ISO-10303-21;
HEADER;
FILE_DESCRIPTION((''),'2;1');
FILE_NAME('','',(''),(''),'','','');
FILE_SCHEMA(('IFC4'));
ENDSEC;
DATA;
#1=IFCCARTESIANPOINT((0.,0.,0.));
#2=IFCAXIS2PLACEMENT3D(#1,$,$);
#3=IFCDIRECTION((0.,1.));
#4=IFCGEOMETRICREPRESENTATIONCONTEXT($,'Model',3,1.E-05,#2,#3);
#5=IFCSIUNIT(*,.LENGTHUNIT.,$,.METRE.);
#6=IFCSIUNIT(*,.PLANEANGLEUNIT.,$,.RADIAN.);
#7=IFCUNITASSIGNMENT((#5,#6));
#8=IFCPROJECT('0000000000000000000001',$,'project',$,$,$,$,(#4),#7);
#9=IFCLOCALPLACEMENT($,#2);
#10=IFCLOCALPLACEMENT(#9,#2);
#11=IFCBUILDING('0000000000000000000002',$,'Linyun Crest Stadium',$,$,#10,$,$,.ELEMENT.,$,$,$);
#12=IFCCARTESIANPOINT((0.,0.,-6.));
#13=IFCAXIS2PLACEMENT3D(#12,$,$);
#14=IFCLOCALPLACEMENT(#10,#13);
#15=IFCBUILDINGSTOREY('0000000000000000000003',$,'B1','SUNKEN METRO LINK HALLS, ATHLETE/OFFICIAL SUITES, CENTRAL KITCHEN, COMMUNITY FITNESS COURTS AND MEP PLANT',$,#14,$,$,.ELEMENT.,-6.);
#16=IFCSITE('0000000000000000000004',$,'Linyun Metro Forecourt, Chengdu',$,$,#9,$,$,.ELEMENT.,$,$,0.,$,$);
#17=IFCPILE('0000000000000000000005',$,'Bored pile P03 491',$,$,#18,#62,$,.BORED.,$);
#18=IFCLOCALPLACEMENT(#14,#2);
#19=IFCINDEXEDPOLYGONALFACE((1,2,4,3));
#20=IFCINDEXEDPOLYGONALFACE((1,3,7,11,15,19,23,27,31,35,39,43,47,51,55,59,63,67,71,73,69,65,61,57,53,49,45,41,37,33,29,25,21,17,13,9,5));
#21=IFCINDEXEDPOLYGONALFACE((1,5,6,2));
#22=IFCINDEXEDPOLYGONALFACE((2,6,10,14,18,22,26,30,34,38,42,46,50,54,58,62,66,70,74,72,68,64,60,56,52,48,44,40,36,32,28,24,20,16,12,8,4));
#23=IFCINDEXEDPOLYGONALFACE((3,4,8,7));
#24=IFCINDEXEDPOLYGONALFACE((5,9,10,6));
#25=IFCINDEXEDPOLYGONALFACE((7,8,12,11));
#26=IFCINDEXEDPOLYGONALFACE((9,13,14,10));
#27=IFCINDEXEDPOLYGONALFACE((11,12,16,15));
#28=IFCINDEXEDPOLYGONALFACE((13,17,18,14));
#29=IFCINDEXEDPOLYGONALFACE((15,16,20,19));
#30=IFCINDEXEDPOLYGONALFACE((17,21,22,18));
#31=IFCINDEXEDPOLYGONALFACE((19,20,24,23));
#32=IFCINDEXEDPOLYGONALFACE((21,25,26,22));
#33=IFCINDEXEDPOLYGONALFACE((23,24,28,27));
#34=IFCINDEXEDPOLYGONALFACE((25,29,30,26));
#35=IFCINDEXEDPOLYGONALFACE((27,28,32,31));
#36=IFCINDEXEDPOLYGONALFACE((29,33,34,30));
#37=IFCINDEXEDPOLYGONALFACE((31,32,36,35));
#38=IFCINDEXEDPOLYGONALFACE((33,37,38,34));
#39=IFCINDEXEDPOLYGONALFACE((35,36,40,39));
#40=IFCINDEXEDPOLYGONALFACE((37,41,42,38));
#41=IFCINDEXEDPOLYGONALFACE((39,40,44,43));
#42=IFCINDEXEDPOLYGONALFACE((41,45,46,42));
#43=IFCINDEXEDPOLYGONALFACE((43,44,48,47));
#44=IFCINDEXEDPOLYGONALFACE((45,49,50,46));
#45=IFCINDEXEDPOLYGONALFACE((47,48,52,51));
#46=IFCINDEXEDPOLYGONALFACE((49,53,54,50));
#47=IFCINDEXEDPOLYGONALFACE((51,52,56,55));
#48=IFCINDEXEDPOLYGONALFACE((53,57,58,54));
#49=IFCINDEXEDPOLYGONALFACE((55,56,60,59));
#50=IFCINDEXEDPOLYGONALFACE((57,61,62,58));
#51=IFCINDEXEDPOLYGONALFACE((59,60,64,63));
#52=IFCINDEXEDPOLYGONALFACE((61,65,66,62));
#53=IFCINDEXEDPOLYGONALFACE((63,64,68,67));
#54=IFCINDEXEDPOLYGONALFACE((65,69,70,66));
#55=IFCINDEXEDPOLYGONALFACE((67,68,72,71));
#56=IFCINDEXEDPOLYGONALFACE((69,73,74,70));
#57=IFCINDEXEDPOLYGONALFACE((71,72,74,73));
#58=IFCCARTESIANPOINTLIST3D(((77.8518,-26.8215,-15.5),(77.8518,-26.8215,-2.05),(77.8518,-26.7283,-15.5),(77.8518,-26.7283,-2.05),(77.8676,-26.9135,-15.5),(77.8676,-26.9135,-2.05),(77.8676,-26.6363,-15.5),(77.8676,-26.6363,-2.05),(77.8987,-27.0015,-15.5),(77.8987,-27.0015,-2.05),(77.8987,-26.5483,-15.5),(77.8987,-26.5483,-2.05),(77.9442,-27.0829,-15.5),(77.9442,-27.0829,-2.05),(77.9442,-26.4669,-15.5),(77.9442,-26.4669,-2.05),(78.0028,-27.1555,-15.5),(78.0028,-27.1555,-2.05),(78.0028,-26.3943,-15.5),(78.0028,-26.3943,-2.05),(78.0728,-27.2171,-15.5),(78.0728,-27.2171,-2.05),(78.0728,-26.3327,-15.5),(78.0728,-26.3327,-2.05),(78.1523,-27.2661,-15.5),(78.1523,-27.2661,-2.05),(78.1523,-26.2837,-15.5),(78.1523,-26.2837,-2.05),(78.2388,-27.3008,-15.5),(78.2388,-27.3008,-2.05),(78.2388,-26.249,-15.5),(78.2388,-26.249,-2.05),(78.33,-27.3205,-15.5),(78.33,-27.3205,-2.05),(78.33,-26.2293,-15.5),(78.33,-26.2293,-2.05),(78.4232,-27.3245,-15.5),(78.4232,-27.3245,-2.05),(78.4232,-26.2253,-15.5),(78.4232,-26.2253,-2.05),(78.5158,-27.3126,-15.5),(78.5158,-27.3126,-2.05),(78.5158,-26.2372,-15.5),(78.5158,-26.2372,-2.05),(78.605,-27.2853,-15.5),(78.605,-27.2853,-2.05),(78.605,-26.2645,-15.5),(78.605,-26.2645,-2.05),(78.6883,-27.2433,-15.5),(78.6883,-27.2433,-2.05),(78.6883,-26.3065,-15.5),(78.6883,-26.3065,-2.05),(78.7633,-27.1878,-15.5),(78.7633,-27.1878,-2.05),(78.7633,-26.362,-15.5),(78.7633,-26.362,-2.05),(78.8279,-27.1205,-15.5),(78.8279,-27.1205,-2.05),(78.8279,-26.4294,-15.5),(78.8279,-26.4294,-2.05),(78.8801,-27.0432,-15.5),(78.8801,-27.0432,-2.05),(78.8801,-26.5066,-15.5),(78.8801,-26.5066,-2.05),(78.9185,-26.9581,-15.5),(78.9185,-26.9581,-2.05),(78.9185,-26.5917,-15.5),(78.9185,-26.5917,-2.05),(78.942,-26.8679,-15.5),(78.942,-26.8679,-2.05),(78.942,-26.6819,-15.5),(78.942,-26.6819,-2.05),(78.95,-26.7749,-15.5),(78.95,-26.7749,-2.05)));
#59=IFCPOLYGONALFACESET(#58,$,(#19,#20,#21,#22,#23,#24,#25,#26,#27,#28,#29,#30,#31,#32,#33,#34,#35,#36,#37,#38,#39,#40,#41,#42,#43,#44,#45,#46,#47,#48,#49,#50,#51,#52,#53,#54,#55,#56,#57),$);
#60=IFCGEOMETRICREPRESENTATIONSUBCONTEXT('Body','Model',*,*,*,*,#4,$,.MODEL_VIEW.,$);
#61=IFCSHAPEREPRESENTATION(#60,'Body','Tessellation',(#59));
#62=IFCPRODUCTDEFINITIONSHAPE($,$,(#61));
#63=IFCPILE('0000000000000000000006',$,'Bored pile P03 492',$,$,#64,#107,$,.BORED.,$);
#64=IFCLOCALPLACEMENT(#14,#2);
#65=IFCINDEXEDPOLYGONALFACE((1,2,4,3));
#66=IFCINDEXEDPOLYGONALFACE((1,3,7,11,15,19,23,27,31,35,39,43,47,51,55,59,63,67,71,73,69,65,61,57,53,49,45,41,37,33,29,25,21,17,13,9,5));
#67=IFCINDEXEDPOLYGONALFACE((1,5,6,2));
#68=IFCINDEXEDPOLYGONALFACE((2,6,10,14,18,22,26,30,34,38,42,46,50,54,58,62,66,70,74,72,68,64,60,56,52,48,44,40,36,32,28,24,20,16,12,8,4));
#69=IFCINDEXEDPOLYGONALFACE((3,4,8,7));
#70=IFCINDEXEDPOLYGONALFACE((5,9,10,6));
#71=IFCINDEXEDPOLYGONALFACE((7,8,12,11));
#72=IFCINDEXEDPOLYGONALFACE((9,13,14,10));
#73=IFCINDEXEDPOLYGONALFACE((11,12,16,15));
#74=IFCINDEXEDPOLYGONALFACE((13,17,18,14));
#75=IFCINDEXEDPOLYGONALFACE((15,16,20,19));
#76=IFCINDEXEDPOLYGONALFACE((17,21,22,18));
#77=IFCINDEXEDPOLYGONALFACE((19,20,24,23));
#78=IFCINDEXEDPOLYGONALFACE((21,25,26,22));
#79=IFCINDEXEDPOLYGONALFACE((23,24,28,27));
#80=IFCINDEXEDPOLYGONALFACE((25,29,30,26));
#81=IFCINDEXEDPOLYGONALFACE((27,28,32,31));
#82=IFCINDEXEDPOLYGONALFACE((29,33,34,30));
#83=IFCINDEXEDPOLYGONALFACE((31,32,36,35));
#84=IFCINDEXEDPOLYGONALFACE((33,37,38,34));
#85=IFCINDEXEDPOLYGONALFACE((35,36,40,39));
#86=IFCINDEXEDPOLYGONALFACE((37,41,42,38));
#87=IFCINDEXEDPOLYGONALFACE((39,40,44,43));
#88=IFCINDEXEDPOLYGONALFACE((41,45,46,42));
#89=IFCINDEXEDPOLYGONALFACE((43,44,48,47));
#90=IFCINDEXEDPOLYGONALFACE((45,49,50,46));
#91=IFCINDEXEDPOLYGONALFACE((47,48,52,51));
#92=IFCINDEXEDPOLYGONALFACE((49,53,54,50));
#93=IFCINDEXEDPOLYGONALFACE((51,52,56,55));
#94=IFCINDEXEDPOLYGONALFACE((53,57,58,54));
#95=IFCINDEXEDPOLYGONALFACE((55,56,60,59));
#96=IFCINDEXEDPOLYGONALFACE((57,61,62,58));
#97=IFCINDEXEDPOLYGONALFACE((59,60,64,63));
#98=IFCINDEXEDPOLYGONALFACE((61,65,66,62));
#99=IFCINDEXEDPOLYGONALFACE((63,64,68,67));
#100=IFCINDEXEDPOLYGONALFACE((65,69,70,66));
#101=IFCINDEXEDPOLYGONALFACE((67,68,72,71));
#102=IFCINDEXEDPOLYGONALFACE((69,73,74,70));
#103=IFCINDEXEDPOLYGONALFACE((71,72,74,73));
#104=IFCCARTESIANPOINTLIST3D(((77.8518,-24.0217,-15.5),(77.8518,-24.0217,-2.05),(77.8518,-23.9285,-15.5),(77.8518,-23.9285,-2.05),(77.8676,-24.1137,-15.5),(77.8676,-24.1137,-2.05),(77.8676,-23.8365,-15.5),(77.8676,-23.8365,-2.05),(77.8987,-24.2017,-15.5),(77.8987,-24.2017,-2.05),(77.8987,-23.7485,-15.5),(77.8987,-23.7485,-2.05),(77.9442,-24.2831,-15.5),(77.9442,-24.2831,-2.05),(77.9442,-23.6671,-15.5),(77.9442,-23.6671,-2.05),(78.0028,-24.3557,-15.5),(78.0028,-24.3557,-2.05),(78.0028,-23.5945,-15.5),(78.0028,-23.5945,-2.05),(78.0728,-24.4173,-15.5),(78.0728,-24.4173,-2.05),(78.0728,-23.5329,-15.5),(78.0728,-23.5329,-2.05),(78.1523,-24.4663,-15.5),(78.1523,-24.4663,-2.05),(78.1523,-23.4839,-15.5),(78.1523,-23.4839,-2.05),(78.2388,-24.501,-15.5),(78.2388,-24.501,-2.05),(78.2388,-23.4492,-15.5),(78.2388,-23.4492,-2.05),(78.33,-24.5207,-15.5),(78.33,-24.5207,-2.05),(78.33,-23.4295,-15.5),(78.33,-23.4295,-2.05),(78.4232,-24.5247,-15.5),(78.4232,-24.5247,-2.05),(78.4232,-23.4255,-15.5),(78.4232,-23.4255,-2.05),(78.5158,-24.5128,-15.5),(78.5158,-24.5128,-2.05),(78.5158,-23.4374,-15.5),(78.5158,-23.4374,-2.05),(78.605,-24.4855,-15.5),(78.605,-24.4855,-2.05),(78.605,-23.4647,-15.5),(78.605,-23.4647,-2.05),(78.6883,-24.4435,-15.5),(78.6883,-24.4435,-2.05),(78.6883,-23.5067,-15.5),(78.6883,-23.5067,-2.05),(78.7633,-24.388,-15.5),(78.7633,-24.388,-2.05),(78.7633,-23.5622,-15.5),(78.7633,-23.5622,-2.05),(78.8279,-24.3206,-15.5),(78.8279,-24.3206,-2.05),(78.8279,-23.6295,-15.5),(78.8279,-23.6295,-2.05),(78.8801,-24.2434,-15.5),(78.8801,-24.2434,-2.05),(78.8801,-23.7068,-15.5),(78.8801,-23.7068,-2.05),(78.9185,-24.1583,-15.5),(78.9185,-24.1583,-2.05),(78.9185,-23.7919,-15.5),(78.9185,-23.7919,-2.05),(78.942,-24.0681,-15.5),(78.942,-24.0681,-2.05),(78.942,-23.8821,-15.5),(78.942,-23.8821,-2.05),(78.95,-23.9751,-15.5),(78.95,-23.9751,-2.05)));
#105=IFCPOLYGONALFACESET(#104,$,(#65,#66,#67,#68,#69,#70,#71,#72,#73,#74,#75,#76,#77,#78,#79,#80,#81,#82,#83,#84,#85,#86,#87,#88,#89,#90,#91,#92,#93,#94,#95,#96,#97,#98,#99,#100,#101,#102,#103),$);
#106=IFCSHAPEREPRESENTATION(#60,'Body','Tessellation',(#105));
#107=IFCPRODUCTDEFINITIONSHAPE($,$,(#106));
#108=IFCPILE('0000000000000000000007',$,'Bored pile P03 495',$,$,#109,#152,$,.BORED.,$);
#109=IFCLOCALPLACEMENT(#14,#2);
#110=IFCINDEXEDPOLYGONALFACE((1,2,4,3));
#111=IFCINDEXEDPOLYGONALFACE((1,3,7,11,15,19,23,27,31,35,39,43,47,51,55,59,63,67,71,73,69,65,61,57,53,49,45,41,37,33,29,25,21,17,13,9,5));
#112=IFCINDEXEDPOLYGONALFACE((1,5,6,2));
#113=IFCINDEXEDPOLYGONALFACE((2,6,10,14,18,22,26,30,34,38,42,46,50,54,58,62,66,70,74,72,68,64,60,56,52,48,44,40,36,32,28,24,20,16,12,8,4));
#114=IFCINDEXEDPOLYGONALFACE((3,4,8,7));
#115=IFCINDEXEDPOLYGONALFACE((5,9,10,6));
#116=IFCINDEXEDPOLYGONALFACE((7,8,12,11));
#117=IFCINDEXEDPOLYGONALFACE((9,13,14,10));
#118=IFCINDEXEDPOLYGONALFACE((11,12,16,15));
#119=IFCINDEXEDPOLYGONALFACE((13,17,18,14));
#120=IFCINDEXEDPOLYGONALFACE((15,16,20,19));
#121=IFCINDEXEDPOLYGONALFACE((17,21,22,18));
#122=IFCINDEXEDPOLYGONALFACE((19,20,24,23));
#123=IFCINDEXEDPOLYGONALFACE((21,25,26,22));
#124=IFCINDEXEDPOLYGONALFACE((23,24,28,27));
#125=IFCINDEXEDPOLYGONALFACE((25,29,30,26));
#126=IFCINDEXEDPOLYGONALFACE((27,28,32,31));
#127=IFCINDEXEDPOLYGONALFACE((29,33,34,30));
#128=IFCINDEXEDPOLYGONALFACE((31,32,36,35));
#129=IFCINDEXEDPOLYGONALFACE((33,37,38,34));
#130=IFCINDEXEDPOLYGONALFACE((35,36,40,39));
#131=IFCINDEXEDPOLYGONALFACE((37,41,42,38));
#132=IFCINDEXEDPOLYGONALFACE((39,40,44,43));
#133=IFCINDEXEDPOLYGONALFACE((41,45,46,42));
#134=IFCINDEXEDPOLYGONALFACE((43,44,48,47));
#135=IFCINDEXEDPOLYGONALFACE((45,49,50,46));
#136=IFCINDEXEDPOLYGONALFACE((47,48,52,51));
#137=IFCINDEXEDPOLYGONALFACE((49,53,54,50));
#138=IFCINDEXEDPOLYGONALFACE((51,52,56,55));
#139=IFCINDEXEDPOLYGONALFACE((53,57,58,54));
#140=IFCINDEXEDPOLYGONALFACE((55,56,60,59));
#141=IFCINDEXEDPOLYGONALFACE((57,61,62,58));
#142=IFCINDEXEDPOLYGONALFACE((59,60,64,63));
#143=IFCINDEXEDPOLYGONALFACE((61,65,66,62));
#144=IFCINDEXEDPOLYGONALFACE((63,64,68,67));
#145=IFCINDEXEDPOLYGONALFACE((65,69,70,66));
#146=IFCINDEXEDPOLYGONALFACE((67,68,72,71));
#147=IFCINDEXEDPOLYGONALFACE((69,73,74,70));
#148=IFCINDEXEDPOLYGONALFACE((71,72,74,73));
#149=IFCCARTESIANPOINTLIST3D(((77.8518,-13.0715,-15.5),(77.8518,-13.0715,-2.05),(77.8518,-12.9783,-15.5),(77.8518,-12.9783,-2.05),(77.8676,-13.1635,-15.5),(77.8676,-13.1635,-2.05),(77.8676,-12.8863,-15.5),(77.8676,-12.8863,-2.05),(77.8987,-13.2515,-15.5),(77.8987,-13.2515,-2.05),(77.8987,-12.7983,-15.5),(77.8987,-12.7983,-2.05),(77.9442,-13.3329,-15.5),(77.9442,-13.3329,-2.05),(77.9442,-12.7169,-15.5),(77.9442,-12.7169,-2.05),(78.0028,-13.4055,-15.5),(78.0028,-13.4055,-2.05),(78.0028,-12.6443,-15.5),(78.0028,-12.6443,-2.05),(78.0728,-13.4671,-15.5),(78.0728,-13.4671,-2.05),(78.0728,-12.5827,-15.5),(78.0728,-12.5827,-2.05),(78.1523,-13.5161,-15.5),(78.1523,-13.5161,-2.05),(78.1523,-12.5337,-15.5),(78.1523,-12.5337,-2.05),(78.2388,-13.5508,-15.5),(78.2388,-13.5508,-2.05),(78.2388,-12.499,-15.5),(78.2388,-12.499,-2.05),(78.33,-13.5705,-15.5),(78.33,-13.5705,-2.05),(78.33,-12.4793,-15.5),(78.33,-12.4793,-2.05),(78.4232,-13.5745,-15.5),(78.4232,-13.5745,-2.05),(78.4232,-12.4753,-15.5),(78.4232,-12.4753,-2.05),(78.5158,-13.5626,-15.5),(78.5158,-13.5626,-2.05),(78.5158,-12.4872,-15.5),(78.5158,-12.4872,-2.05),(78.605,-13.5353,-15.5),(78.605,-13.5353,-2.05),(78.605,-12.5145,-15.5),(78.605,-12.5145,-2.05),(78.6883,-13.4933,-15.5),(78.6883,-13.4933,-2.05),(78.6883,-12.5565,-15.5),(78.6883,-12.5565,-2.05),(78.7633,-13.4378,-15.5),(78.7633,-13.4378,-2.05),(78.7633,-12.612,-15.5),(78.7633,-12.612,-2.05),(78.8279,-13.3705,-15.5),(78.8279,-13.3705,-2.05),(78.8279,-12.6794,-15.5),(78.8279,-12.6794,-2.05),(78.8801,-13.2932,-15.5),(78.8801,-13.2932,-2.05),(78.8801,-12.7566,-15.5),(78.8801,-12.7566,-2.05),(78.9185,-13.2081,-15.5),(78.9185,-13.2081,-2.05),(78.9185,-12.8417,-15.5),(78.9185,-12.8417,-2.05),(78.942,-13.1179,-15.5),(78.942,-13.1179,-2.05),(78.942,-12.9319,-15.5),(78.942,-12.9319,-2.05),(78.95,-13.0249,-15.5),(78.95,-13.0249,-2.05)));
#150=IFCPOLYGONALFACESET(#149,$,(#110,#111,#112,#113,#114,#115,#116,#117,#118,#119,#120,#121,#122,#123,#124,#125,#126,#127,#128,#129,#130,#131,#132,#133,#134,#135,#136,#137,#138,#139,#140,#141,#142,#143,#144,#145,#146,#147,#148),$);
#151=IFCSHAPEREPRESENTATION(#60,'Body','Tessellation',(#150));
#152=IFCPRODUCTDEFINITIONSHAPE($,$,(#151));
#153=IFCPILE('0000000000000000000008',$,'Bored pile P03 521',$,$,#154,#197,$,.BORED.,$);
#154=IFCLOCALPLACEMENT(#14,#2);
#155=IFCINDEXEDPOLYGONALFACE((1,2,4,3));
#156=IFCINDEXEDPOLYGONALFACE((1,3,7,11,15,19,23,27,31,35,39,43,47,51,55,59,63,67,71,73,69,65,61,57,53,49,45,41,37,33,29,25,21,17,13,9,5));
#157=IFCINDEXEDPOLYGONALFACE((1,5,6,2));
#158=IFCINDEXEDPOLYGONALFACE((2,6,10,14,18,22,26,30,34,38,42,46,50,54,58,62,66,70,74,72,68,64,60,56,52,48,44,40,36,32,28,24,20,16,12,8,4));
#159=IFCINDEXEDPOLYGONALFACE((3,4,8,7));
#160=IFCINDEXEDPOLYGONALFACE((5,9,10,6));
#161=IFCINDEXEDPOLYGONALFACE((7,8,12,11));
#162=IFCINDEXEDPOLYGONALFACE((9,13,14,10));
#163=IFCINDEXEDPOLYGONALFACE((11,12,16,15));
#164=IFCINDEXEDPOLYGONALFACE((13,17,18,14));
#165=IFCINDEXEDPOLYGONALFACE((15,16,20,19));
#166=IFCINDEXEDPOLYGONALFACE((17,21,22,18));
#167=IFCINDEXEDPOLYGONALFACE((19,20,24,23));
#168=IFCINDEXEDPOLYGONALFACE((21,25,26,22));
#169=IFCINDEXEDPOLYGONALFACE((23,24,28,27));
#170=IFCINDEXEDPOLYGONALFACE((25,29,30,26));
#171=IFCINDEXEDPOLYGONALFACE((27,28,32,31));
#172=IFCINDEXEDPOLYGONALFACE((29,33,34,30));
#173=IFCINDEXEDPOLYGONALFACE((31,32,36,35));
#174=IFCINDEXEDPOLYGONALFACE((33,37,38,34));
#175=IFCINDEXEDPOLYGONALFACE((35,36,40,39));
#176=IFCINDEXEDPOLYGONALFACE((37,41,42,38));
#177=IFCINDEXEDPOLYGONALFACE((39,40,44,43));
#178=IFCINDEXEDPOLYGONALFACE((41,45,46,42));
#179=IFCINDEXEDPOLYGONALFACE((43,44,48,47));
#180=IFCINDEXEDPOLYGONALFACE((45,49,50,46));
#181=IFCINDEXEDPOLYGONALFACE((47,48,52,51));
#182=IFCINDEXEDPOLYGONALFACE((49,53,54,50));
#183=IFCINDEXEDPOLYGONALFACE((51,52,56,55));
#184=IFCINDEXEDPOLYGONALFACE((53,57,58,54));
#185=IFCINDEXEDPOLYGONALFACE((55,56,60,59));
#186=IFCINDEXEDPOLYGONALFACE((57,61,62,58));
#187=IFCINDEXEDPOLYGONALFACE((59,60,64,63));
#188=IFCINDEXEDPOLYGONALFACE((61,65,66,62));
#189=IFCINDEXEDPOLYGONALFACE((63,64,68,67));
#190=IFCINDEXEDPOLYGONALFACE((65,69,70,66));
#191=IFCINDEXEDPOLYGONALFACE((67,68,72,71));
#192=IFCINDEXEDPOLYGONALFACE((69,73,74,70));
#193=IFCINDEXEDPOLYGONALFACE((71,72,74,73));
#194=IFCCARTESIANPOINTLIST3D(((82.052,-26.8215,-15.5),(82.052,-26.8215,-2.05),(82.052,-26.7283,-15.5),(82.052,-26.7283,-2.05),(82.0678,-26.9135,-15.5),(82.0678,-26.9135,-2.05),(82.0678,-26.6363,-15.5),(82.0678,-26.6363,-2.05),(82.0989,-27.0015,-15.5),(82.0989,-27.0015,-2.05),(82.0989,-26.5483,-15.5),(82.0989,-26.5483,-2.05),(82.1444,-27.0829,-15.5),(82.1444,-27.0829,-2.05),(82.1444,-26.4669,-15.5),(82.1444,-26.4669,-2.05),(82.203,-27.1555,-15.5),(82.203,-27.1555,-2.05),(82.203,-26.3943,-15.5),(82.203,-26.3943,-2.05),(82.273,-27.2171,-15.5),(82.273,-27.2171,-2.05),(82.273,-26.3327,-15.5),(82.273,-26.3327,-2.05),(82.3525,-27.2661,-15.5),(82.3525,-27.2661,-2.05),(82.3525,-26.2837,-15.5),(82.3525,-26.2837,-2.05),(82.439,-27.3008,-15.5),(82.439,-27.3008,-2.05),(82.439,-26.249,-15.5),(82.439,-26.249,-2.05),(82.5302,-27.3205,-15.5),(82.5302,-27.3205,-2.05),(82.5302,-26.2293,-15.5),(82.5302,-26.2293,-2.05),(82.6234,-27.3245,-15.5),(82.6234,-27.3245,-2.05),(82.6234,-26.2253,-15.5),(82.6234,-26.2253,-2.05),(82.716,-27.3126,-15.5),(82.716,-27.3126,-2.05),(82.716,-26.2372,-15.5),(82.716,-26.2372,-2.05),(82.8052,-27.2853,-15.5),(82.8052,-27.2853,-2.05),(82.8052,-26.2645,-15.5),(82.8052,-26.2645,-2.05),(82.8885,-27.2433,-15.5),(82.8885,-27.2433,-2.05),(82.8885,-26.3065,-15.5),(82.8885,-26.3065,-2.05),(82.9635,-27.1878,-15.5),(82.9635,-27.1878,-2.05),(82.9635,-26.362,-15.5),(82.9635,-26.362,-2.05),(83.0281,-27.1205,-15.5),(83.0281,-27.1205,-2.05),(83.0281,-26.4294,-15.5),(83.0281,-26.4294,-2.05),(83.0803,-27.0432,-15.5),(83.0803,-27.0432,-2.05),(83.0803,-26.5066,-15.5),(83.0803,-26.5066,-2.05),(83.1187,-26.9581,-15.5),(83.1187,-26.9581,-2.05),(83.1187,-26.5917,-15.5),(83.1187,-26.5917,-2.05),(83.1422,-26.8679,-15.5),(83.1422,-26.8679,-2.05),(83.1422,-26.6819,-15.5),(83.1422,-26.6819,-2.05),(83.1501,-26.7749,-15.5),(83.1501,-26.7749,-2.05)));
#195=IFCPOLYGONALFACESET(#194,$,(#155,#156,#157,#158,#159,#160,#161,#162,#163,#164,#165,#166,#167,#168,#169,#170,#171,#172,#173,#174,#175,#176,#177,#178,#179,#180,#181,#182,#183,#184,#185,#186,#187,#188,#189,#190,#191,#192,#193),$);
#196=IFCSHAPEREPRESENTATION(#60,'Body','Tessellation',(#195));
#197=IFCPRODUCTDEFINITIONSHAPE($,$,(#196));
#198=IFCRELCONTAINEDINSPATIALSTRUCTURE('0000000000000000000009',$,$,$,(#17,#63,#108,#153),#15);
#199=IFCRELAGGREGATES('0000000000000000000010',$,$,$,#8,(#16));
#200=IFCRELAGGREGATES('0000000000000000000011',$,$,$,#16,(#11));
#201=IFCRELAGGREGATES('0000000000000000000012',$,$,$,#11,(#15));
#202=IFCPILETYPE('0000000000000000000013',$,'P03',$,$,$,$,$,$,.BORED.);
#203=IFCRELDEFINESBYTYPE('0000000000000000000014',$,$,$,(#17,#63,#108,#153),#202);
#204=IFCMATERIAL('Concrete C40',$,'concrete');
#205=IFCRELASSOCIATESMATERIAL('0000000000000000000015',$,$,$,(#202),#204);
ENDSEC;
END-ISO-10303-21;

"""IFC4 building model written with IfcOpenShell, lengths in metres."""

from ifc_helpers import new_model, si_unit, direction, frame, origin, origin_2d, place, context, subcontext, project, spatial, circle, extrude, material, material_profile, profile_set, type_object, element, save


model = new_model("IFC4")

# Units and contexts
model_context = context("Model", 3, precision=1e-05, world=origin(), true_north=direction((0.0, 1.0)))
body_context = subcontext(model_context, "Body", "Model", "MODEL_VIEW")
ifc_project = project(units=[si_unit("LENGTHUNIT", "METRE"), si_unit("PLANEANGLEUNIT", "RADIAN")], contexts=[model_context])

# Site, building, storey
site_placement = place(None, origin())
site = spatial("IfcSite", under=ifc_project, at=site_placement, Name="Linyun Metro Forecourt, Chengdu", CompositionType="ELEMENT", RefElevation=0.0)
building_placement = place(site_placement, origin())
building = spatial("IfcBuilding", under=site, at=building_placement, Name="Linyun Crest Stadium", CompositionType="ELEMENT")
storey_placement = place(building_placement, frame((0.0, 0.0, -6.0)))
storey = spatial("IfcBuildingStorey", under=building, at=storey_placement, Name="B1", Description="SUNKEN METRO LINK HALLS, ATHLETE/OFFICIAL SUITES, CENTRAL KITCHEN, COMMUNITY FITNESS COURTS AND MEP PLANT", CompositionType="ELEMENT", Elevation=-6.0)

# Piles
ifc_material_1 = material(Name="Concrete C40", Category="concrete")
ifc_material_profile_1 = material_profile(ifc_material_1, circle(Radius=0.55, at=origin_2d()), Name="BORED PILE 1100")
ifc_profile_set_1 = profile_set([ifc_material_profile_1], Name="Concrete C40")
pile_type = type_object("IfcPileType", Name="P03", PredefinedType="BORED", material=ifc_profile_set_1)
for number, where, z_axis, x_axis, name in (
    (1, (78.3999, -26.7749, -2.05), (0.0, 0.0, -1.0), (1.0, 0.0, 0.0), "Bored pile P03 491"),
    (2, (78.3999, -23.9751, -2.05), (0.0, 0.0, -1.0), (1.0, 0.0, 0.0), "Bored pile P03 492"),
    (3, (78.3999, -13.0249, -2.05), (0.0, 0.0, -1.0), (1.0, 0.0, 0.0), "Bored pile P03 495"),
    (4, (82.6001, -26.7749, -2.05), (0.0, 0.0, -1.0), (1.0, 0.0, 0.0), "Bored pile P03 521"),
):
    element("IfcPile", number, at=place(storey_placement, frame(where, z_axis=z_axis, x_axis=x_axis)), inside=storey, type_object=pile_type, Name=name, PredefinedType="BORED", context=body_context, shape_type="SweptSolid", body=[
        extrude(circle(Radius=0.55, at=origin_2d()), origin(), (0.0, 0.0, 1.0), 13.45),
    ])

save(model, "model.ifc")
